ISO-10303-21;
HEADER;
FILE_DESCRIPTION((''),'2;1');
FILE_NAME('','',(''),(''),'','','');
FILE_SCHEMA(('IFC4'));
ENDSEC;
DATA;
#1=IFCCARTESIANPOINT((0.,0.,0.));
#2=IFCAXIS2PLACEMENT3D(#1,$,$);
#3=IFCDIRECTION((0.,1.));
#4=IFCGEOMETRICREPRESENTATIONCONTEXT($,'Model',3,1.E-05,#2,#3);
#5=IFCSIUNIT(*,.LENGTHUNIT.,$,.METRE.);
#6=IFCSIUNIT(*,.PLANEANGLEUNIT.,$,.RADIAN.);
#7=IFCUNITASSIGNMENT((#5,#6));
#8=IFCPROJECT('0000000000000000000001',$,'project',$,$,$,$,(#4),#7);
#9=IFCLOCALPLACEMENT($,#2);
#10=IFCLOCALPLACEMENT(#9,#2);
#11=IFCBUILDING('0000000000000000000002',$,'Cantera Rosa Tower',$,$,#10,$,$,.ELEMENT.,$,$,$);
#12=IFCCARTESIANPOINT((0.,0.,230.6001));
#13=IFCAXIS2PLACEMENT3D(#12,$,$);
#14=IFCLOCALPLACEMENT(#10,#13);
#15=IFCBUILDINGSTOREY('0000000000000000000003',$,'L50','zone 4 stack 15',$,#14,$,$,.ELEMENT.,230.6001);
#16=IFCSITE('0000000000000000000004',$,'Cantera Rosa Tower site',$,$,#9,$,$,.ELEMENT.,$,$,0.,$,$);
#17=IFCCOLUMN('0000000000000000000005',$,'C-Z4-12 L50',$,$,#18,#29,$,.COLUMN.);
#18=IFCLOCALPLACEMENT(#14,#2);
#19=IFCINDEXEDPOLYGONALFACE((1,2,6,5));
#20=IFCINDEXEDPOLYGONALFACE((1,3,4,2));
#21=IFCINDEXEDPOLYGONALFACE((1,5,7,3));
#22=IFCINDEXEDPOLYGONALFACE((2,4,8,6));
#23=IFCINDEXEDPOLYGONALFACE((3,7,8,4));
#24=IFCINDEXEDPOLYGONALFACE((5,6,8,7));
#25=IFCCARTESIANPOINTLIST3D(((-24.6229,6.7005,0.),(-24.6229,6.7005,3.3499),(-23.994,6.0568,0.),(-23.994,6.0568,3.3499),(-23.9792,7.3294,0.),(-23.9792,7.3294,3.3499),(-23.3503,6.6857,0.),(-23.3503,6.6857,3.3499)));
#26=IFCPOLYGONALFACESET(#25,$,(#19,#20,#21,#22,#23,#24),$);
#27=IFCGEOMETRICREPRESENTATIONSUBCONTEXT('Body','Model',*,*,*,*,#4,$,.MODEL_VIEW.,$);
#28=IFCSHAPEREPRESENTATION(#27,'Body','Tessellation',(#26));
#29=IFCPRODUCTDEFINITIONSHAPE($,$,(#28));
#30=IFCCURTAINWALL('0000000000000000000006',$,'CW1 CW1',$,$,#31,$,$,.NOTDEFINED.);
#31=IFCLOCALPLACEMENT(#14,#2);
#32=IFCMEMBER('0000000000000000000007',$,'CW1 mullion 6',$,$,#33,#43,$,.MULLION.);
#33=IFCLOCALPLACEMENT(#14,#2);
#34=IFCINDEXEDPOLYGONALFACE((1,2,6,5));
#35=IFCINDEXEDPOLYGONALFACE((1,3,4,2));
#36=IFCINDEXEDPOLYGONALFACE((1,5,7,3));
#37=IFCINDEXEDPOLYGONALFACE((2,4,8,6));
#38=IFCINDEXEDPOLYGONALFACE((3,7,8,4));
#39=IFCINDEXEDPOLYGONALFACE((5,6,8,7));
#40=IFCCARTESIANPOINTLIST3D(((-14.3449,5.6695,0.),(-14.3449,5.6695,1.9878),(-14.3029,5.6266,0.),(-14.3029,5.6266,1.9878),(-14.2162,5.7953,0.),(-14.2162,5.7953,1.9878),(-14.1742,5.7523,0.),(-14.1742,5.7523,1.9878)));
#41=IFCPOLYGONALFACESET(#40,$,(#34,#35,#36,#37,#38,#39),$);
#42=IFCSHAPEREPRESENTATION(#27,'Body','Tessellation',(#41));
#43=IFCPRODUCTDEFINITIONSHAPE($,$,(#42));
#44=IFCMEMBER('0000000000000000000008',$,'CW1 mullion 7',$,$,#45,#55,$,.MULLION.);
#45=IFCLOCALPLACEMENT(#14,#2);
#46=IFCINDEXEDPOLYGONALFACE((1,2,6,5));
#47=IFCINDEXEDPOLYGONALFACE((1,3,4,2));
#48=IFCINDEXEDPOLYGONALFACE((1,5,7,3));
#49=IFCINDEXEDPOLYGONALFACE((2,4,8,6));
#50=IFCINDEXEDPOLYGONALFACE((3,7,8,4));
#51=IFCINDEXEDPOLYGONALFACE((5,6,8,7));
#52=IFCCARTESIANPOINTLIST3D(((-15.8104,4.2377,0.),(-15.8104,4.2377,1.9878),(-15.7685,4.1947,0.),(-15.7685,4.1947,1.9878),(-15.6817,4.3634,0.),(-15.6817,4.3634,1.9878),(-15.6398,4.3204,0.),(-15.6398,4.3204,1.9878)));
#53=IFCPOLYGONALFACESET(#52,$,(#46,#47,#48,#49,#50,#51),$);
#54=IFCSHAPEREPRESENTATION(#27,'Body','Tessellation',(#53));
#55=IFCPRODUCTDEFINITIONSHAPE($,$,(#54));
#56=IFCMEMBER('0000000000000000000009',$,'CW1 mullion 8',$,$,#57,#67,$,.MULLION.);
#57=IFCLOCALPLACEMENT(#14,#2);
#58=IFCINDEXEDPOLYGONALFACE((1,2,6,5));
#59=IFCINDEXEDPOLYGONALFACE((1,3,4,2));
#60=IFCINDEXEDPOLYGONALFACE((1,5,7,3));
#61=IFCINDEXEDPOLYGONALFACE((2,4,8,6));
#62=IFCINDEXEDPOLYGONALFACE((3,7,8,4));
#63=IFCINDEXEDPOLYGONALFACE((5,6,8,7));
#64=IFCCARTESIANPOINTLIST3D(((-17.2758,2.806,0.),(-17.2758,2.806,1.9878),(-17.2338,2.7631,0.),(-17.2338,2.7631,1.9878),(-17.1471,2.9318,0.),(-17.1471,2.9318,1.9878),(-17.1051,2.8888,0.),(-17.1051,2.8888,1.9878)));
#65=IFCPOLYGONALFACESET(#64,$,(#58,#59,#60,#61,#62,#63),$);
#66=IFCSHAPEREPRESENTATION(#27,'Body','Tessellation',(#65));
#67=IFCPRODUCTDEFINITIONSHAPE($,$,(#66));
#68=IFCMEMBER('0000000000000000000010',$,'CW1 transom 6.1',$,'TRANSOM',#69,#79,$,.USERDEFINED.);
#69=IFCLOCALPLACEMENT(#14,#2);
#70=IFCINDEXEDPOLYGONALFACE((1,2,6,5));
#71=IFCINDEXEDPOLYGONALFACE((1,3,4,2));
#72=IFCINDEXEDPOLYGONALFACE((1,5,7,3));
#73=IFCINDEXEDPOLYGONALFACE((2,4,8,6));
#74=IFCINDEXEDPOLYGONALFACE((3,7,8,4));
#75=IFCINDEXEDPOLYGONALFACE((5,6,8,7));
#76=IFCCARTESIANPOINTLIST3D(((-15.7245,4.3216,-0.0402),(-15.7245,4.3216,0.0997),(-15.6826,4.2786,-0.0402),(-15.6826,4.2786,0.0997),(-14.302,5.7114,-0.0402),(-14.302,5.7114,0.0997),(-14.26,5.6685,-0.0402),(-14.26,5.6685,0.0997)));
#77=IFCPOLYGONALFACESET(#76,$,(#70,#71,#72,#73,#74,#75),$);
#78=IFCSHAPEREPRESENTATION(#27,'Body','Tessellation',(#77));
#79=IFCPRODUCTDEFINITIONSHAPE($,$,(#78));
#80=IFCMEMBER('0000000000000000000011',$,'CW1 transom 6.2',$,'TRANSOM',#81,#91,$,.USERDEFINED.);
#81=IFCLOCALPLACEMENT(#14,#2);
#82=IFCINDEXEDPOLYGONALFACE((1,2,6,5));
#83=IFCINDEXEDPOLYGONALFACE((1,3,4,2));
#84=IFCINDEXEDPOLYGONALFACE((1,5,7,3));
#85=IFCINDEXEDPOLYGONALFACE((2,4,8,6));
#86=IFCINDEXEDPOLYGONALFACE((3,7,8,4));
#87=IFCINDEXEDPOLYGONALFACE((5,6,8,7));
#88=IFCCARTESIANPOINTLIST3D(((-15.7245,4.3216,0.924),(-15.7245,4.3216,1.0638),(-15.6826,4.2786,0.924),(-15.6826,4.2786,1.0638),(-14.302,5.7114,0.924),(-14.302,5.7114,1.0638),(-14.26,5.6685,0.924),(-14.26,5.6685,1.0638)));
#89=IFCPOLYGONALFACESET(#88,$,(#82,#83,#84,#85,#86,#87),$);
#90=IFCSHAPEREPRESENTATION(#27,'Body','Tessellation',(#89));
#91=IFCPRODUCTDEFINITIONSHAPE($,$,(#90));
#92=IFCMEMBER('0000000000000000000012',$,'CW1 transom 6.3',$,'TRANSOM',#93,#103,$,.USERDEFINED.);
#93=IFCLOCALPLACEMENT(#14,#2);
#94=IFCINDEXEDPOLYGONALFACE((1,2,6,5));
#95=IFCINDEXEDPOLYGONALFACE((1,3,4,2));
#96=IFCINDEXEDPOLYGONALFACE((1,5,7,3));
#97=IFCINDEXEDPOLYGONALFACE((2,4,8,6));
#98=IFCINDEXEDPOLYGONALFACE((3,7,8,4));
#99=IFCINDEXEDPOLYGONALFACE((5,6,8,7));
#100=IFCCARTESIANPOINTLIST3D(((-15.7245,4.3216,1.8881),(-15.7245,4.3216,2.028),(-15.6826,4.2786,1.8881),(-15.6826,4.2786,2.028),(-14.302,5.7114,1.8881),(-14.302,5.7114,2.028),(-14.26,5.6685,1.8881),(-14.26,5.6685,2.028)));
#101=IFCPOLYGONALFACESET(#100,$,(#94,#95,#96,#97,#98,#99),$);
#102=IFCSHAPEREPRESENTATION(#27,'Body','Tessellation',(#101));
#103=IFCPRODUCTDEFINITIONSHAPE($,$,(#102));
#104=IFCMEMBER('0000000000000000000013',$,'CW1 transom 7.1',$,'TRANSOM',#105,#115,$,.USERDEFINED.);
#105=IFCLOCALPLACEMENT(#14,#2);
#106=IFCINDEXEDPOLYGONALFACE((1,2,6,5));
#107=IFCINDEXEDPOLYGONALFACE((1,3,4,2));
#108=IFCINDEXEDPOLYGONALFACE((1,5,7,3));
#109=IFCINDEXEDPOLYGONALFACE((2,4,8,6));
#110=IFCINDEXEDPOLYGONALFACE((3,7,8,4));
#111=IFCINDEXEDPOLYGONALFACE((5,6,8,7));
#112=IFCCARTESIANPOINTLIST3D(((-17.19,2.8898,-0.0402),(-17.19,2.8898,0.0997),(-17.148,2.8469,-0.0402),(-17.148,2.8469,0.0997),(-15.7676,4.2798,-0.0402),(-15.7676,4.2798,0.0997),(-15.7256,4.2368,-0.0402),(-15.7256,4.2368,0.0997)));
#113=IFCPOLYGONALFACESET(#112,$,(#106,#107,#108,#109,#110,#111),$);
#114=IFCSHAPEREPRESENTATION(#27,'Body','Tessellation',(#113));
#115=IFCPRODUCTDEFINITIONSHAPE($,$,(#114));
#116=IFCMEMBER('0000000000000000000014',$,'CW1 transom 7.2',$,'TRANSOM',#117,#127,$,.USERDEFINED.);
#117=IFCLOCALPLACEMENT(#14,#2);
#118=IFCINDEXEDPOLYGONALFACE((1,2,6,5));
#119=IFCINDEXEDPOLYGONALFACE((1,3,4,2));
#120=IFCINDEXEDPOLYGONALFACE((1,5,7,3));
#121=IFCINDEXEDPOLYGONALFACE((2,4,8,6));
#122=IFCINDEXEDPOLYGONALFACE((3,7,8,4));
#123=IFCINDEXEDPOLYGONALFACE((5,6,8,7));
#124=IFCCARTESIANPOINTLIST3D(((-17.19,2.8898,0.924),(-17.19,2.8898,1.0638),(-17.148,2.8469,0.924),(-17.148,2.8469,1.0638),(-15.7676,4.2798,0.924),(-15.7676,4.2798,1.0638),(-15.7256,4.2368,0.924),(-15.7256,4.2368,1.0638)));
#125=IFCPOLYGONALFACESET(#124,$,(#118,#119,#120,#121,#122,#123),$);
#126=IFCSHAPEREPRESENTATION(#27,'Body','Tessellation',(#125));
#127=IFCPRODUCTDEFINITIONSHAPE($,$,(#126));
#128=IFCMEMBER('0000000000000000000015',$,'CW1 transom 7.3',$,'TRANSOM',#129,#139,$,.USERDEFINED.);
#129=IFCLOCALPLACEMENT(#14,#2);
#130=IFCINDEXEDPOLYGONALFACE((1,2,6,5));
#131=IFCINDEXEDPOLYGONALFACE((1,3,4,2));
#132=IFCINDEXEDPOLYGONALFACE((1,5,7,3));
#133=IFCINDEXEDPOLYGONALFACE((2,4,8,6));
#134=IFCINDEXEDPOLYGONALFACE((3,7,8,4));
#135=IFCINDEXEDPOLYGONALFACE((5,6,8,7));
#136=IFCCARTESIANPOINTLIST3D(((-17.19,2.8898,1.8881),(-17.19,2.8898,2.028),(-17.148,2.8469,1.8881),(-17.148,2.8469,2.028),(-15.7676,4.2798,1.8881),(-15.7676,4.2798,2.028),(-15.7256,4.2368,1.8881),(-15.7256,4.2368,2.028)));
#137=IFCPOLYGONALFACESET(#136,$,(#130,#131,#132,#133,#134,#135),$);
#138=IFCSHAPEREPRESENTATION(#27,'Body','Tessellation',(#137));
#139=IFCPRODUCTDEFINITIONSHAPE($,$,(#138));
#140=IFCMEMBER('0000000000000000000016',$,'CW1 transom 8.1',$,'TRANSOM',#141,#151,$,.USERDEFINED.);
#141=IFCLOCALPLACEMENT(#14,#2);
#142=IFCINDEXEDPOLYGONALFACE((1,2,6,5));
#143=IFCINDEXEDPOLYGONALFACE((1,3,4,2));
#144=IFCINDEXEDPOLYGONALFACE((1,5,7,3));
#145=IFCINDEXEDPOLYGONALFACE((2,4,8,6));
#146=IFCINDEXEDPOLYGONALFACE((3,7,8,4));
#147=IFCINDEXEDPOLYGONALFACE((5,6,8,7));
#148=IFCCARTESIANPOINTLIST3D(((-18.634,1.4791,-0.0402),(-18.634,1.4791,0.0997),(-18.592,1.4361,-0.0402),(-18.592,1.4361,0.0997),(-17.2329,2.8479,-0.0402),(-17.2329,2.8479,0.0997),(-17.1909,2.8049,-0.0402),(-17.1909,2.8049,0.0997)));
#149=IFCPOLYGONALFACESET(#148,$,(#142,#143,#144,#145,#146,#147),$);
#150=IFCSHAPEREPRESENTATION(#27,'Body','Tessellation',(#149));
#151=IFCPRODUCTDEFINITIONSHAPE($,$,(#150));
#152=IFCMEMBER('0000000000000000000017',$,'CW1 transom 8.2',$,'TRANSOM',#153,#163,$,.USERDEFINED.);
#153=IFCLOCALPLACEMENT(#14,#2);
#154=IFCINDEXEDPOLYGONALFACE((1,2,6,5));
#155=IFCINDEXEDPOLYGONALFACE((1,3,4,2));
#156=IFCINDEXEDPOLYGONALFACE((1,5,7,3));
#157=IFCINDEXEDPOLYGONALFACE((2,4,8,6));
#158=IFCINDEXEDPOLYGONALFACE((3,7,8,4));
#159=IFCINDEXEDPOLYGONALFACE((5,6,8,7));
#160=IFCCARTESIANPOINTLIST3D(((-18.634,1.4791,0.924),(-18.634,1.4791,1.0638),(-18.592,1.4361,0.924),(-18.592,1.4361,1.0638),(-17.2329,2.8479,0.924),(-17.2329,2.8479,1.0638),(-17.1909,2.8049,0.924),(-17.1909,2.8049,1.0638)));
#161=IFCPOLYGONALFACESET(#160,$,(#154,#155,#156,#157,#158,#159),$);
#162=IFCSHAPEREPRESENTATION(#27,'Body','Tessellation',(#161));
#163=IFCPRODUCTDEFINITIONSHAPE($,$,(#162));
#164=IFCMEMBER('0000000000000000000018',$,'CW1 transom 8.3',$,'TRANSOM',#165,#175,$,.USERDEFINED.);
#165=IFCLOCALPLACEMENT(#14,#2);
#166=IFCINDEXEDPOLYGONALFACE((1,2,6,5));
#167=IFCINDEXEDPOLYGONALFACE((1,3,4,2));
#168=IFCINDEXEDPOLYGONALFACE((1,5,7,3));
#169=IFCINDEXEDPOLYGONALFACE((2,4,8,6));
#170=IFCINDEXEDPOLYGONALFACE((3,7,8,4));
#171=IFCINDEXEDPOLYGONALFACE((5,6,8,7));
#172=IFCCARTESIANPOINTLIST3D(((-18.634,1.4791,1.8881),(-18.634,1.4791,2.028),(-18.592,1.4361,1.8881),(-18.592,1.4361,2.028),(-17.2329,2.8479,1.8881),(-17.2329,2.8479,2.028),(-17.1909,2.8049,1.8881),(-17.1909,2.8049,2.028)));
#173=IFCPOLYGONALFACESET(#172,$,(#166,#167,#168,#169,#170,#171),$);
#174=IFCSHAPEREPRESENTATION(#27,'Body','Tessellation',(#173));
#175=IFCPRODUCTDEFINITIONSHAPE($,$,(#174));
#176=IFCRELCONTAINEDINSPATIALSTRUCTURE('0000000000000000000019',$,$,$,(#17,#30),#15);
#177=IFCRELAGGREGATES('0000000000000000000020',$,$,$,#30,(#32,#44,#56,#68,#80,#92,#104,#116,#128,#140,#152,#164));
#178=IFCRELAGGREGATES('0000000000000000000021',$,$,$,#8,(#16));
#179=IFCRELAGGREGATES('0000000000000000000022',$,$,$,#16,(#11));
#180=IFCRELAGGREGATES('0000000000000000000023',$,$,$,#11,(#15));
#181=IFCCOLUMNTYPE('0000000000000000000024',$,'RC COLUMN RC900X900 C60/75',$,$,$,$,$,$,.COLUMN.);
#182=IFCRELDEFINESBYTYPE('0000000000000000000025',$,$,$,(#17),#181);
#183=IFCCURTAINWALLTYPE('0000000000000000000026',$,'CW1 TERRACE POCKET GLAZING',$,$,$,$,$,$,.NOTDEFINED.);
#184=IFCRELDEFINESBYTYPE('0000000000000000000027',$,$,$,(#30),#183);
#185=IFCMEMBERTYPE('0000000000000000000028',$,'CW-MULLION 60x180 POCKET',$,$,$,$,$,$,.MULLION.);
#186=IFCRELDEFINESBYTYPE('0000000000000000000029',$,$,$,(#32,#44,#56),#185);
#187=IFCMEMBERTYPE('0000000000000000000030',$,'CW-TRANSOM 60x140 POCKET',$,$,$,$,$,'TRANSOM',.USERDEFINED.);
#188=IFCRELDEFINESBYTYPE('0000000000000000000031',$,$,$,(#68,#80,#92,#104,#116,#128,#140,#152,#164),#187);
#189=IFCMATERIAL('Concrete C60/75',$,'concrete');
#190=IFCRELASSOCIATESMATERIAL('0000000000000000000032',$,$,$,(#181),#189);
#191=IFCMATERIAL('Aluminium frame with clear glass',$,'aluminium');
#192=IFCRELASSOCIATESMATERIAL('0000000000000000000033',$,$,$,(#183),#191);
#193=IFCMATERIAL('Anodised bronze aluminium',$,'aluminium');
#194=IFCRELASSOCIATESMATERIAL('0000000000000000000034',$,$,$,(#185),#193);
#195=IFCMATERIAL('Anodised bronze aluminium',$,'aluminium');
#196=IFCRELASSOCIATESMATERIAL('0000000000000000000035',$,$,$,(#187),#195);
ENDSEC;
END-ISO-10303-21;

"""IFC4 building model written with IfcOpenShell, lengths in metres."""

from ifc_helpers import new_model, si_unit, direction, frame, origin, origin_2d, place, context, subcontext, project, spatial, rectangle, extrude, material, material_profile, profile_set, type_object, element, aggregate, save


model = new_model("IFC4")

# Units and contexts
model_context = context("Model", 3, precision=1e-05, world=origin(), true_north=direction((0.0, 1.0)))
body_context = subcontext(model_context, "Body", "Model", "MODEL_VIEW")
ifc_project = project(units=[si_unit("LENGTHUNIT", "METRE"), si_unit("PLANEANGLEUNIT", "RADIAN")], contexts=[model_context])

# Site, building, storey
site_placement = place(None, origin())
site = spatial("IfcSite", under=ifc_project, at=site_placement, Name="Cantera Rosa Tower site", CompositionType="ELEMENT", RefElevation=0.0)
building_placement = place(site_placement, origin())
building = spatial("IfcBuilding", under=site, at=building_placement, Name="Cantera Rosa Tower", CompositionType="ELEMENT")
storey_placement = place(building_placement, frame((0.0, 0.0, 230.6001)))
storey = spatial("IfcBuildingStorey", under=building, at=storey_placement, Name="L50", Description="zone 4 stack 15", CompositionType="ELEMENT", Elevation=230.6001)

# Column
ifc_material_1 = material(Name="Concrete C60/75", Category="concrete")
ifc_material_profile_1 = material_profile(ifc_material_1, rectangle(XDim=0.8999, YDim=0.8999, at=origin_2d()), Name="RC COLUMN RC900X900 C60/75")
ifc_profile_set_1 = profile_set([ifc_material_profile_1], Name="Concrete C60/75")
column_type = type_object("IfcColumnType", Name="RC COLUMN RC900X900 C60/75", PredefinedType="COLUMN", material=ifc_profile_set_1)
column_placement = place(storey_placement, frame((-23.9866, 6.6931, 0.0), z_axis=(0.0, 0.0, 1.0), x_axis=(0.715286, 0.698832, 0.0)))
element("IfcColumn", 1, at=column_placement, inside=storey, type_object=column_type, Name="C-Z4-12 L50", PredefinedType="COLUMN", context=body_context, shape_type="SweptSolid", body=[
    extrude(rectangle(XDim=0.8999, YDim=0.8999, at=origin_2d()), origin(), (0.0, 0.0, 1.0), 3.3499),
])

# Curtain wall, members
ifc_material_2 = material(Name="Aluminium frame with clear glass", Category="aluminium")
curtain_wall_type = type_object("IfcCurtainWallType", Name="CW1 TERRACE POCKET GLAZING", PredefinedType="NOTDEFINED", material=ifc_material_2)
curtain_wall_placement = place(storey_placement, origin())
curtain_wall = element("IfcCurtainWall", 2, at=curtain_wall_placement, inside=storey, type_object=curtain_wall_type, Name="CW1 CW1", PredefinedType="NOTDEFINED")
ifc_material_3 = material(Name="Anodised bronze aluminium", Category="aluminium")
ifc_material_profile_2 = material_profile(ifc_material_3, rectangle(XDim=0.0601, YDim=0.1799, at=origin_2d()), Name="CW-MULLION 60x180 POCKET")
ifc_profile_set_2 = profile_set([ifc_material_profile_2], Name="Anodised bronze aluminium")
member_type_1 = type_object("IfcMemberType", Name="CW-MULLION 60x180 POCKET", PredefinedType="MULLION", material=ifc_profile_set_2)
member_1_placement = place(storey_placement, frame((-14.2595, 5.7109, 0.0), z_axis=(0.0, 0.0, 1.0), x_axis=(0.698832, -0.715286, 0.0)))
member_1 = element("IfcMember", 3, at=member_1_placement, type_object=member_type_1, Name="CW1 mullion 6", PredefinedType="MULLION", context=body_context, shape_type="SweptSolid", body=[
    extrude(rectangle(XDim=0.0601, YDim=0.1799, at=origin_2d()), origin(), (0.0, 0.0, 1.0), 1.9878),
])
member_2_placement = place(storey_placement, frame((-15.7251, 4.2791, 0.0), z_axis=(0.0, 0.0, 1.0), x_axis=(0.698832, -0.715286, 0.0)))
member_2 = element("IfcMember", 4, at=member_2_placement, type_object=member_type_1, Name="CW1 mullion 7", PredefinedType="MULLION", context=body_context, shape_type="SweptSolid", body=[
    extrude(rectangle(XDim=0.0601, YDim=0.1799, at=origin_2d()), origin(), (0.0, 0.0, 1.0), 1.9878),
])
member_3_placement = place(storey_placement, frame((-17.1904, 2.8474, 0.0), z_axis=(0.0, 0.0, 1.0), x_axis=(0.698832, -0.715286, 0.0)))
member_3 = element("IfcMember", 5, at=member_3_placement, type_object=member_type_1, Name="CW1 mullion 8", PredefinedType="MULLION", context=body_context, shape_type="SweptSolid", body=[
    extrude(rectangle(XDim=0.0601, YDim=0.1799, at=origin_2d()), origin(), (0.0, 0.0, 1.0), 1.9878),
])
ifc_material_4 = material(Name="Anodised bronze aluminium", Category="aluminium")
ifc_material_profile_3 = material_profile(ifc_material_4, rectangle(XDim=0.0601, YDim=0.1399, at=origin_2d()), Name="CW-TRANSOM 60x140 POCKET")
ifc_profile_set_3 = profile_set([ifc_material_profile_3], Name="Anodised bronze aluminium")
member_type_2 = type_object("IfcMemberType", Name="CW-TRANSOM 60x140 POCKET", ElementType="TRANSOM", PredefinedType="USERDEFINED", material=ifc_profile_set_3)
member_4_placement = place(storey_placement, frame((-14.281, 5.6899, 0.0298), z_axis=(-0.715283, -0.698834, 0.0), x_axis=(0.698834, -0.715283, 0.0)))
member_4 = element("IfcMember", 6, at=member_4_placement, type_object=member_type_2, Name="CW1 transom 6.1", ObjectType="TRANSOM", PredefinedType="USERDEFINED", context=body_context, shape_type="SweptSolid", body=[
    extrude(rectangle(XDim=0.0601, YDim=0.1399, at=origin_2d()), origin(), (0.0, 0.0, 1.0), 1.9888),
])
member_5_placement = place(storey_placement, frame((-14.281, 5.6899, 0.9939), z_axis=(-0.715283, -0.698834, 0.0), x_axis=(0.698834, -0.715283, 0.0)))
member_5 = element("IfcMember", 7, at=member_5_placement, type_object=member_type_2, Name="CW1 transom 6.2", ObjectType="TRANSOM", PredefinedType="USERDEFINED", context=body_context, shape_type="SweptSolid", body=[
    extrude(rectangle(XDim=0.0601, YDim=0.1399, at=origin_2d()), origin(), (0.0, 0.0, 1.0), 1.9888),
])
member_6_placement = place(storey_placement, frame((-14.281, 5.6899, 1.958), z_axis=(-0.715283, -0.698834, 0.0), x_axis=(0.698834, -0.715283, 0.0)))
member_6 = element("IfcMember", 8, at=member_6_placement, type_object=member_type_2, Name="CW1 transom 6.3", ObjectType="TRANSOM", PredefinedType="USERDEFINED", context=body_context, shape_type="SweptSolid", body=[
    extrude(rectangle(XDim=0.0601, YDim=0.1399, at=origin_2d()), origin(), (0.0, 0.0, 1.0), 1.9888),
])
member_7_placement = place(storey_placement, frame((-15.7466, 4.2583, 0.0298), z_axis=(-0.715223, -0.698896, 0.0), x_axis=(0.698896, -0.715223, 0.0)))
member_7 = element("IfcMember", 9, at=member_7_placement, type_object=member_type_2, Name="CW1 transom 7.1", ObjectType="TRANSOM", PredefinedType="USERDEFINED", context=body_context, shape_type="SweptSolid", body=[
    extrude(rectangle(XDim=0.0601, YDim=0.1399, at=origin_2d()), origin(), (0.0, 0.0, 1.0), 1.9888),
])
member_8_placement = place(storey_placement, frame((-15.7466, 4.2583, 0.9939), z_axis=(-0.715223, -0.698896, 0.0), x_axis=(0.698896, -0.715223, 0.0)))
member_8 = element("IfcMember", 10, at=member_8_placement, type_object=member_type_2, Name="CW1 transom 7.2", ObjectType="TRANSOM", PredefinedType="USERDEFINED", context=body_context, shape_type="SweptSolid", body=[
    extrude(rectangle(XDim=0.0601, YDim=0.1399, at=origin_2d()), origin(), (0.0, 0.0, 1.0), 1.9888),
])
member_9_placement = place(storey_placement, frame((-15.7466, 4.2583, 1.958), z_axis=(-0.715223, -0.698896, 0.0), x_axis=(0.698896, -0.715223, 0.0)))
member_9 = element("IfcMember", 11, at=member_9_placement, type_object=member_type_2, Name="CW1 transom 7.3", ObjectType="TRANSOM", PredefinedType="USERDEFINED", context=body_context, shape_type="SweptSolid", body=[
    extrude(rectangle(XDim=0.0601, YDim=0.1399, at=origin_2d()), origin(), (0.0, 0.0, 1.0), 1.9888),
])
member_10_placement = place(storey_placement, frame((-17.2119, 2.8264, 0.0298), z_axis=(-0.715285, -0.698833, 0.0), x_axis=(0.698833, -0.715285, 0.0)))
member_10 = element("IfcMember", 12, at=member_10_placement, type_object=member_type_2, Name="CW1 transom 8.1", ObjectType="TRANSOM", PredefinedType="USERDEFINED", context=body_context, shape_type="SweptSolid", body=[
    extrude(rectangle(XDim=0.0601, YDim=0.1399, at=origin_2d()), origin(), (0.0, 0.0, 1.0), 1.9587),
])
member_11_placement = place(storey_placement, frame((-17.2119, 2.8264, 0.9939), z_axis=(-0.715285, -0.698833, 0.0), x_axis=(0.698833, -0.715285, 0.0)))
member_11 = element("IfcMember", 13, at=member_11_placement, type_object=member_type_2, Name="CW1 transom 8.2", ObjectType="TRANSOM", PredefinedType="USERDEFINED", context=body_context, shape_type="SweptSolid", body=[
    extrude(rectangle(XDim=0.0601, YDim=0.1399, at=origin_2d()), origin(), (0.0, 0.0, 1.0), 1.9587),
])
member_12_placement = place(storey_placement, frame((-17.2119, 2.8264, 1.958), z_axis=(-0.715285, -0.698833, 0.0), x_axis=(0.698833, -0.715285, 0.0)))
member_12 = element("IfcMember", 14, at=member_12_placement, type_object=member_type_2, Name="CW1 transom 8.3", ObjectType="TRANSOM", PredefinedType="USERDEFINED", context=body_context, shape_type="SweptSolid", body=[
    extrude(rectangle(XDim=0.0601, YDim=0.1399, at=origin_2d()), origin(), (0.0, 0.0, 1.0), 1.9587),
])

aggregate(curtain_wall, [member_1, member_2, member_3, member_4, member_5, member_6, member_7, member_8, member_9, member_10, member_11, member_12])

save(model, "model.ifc")
